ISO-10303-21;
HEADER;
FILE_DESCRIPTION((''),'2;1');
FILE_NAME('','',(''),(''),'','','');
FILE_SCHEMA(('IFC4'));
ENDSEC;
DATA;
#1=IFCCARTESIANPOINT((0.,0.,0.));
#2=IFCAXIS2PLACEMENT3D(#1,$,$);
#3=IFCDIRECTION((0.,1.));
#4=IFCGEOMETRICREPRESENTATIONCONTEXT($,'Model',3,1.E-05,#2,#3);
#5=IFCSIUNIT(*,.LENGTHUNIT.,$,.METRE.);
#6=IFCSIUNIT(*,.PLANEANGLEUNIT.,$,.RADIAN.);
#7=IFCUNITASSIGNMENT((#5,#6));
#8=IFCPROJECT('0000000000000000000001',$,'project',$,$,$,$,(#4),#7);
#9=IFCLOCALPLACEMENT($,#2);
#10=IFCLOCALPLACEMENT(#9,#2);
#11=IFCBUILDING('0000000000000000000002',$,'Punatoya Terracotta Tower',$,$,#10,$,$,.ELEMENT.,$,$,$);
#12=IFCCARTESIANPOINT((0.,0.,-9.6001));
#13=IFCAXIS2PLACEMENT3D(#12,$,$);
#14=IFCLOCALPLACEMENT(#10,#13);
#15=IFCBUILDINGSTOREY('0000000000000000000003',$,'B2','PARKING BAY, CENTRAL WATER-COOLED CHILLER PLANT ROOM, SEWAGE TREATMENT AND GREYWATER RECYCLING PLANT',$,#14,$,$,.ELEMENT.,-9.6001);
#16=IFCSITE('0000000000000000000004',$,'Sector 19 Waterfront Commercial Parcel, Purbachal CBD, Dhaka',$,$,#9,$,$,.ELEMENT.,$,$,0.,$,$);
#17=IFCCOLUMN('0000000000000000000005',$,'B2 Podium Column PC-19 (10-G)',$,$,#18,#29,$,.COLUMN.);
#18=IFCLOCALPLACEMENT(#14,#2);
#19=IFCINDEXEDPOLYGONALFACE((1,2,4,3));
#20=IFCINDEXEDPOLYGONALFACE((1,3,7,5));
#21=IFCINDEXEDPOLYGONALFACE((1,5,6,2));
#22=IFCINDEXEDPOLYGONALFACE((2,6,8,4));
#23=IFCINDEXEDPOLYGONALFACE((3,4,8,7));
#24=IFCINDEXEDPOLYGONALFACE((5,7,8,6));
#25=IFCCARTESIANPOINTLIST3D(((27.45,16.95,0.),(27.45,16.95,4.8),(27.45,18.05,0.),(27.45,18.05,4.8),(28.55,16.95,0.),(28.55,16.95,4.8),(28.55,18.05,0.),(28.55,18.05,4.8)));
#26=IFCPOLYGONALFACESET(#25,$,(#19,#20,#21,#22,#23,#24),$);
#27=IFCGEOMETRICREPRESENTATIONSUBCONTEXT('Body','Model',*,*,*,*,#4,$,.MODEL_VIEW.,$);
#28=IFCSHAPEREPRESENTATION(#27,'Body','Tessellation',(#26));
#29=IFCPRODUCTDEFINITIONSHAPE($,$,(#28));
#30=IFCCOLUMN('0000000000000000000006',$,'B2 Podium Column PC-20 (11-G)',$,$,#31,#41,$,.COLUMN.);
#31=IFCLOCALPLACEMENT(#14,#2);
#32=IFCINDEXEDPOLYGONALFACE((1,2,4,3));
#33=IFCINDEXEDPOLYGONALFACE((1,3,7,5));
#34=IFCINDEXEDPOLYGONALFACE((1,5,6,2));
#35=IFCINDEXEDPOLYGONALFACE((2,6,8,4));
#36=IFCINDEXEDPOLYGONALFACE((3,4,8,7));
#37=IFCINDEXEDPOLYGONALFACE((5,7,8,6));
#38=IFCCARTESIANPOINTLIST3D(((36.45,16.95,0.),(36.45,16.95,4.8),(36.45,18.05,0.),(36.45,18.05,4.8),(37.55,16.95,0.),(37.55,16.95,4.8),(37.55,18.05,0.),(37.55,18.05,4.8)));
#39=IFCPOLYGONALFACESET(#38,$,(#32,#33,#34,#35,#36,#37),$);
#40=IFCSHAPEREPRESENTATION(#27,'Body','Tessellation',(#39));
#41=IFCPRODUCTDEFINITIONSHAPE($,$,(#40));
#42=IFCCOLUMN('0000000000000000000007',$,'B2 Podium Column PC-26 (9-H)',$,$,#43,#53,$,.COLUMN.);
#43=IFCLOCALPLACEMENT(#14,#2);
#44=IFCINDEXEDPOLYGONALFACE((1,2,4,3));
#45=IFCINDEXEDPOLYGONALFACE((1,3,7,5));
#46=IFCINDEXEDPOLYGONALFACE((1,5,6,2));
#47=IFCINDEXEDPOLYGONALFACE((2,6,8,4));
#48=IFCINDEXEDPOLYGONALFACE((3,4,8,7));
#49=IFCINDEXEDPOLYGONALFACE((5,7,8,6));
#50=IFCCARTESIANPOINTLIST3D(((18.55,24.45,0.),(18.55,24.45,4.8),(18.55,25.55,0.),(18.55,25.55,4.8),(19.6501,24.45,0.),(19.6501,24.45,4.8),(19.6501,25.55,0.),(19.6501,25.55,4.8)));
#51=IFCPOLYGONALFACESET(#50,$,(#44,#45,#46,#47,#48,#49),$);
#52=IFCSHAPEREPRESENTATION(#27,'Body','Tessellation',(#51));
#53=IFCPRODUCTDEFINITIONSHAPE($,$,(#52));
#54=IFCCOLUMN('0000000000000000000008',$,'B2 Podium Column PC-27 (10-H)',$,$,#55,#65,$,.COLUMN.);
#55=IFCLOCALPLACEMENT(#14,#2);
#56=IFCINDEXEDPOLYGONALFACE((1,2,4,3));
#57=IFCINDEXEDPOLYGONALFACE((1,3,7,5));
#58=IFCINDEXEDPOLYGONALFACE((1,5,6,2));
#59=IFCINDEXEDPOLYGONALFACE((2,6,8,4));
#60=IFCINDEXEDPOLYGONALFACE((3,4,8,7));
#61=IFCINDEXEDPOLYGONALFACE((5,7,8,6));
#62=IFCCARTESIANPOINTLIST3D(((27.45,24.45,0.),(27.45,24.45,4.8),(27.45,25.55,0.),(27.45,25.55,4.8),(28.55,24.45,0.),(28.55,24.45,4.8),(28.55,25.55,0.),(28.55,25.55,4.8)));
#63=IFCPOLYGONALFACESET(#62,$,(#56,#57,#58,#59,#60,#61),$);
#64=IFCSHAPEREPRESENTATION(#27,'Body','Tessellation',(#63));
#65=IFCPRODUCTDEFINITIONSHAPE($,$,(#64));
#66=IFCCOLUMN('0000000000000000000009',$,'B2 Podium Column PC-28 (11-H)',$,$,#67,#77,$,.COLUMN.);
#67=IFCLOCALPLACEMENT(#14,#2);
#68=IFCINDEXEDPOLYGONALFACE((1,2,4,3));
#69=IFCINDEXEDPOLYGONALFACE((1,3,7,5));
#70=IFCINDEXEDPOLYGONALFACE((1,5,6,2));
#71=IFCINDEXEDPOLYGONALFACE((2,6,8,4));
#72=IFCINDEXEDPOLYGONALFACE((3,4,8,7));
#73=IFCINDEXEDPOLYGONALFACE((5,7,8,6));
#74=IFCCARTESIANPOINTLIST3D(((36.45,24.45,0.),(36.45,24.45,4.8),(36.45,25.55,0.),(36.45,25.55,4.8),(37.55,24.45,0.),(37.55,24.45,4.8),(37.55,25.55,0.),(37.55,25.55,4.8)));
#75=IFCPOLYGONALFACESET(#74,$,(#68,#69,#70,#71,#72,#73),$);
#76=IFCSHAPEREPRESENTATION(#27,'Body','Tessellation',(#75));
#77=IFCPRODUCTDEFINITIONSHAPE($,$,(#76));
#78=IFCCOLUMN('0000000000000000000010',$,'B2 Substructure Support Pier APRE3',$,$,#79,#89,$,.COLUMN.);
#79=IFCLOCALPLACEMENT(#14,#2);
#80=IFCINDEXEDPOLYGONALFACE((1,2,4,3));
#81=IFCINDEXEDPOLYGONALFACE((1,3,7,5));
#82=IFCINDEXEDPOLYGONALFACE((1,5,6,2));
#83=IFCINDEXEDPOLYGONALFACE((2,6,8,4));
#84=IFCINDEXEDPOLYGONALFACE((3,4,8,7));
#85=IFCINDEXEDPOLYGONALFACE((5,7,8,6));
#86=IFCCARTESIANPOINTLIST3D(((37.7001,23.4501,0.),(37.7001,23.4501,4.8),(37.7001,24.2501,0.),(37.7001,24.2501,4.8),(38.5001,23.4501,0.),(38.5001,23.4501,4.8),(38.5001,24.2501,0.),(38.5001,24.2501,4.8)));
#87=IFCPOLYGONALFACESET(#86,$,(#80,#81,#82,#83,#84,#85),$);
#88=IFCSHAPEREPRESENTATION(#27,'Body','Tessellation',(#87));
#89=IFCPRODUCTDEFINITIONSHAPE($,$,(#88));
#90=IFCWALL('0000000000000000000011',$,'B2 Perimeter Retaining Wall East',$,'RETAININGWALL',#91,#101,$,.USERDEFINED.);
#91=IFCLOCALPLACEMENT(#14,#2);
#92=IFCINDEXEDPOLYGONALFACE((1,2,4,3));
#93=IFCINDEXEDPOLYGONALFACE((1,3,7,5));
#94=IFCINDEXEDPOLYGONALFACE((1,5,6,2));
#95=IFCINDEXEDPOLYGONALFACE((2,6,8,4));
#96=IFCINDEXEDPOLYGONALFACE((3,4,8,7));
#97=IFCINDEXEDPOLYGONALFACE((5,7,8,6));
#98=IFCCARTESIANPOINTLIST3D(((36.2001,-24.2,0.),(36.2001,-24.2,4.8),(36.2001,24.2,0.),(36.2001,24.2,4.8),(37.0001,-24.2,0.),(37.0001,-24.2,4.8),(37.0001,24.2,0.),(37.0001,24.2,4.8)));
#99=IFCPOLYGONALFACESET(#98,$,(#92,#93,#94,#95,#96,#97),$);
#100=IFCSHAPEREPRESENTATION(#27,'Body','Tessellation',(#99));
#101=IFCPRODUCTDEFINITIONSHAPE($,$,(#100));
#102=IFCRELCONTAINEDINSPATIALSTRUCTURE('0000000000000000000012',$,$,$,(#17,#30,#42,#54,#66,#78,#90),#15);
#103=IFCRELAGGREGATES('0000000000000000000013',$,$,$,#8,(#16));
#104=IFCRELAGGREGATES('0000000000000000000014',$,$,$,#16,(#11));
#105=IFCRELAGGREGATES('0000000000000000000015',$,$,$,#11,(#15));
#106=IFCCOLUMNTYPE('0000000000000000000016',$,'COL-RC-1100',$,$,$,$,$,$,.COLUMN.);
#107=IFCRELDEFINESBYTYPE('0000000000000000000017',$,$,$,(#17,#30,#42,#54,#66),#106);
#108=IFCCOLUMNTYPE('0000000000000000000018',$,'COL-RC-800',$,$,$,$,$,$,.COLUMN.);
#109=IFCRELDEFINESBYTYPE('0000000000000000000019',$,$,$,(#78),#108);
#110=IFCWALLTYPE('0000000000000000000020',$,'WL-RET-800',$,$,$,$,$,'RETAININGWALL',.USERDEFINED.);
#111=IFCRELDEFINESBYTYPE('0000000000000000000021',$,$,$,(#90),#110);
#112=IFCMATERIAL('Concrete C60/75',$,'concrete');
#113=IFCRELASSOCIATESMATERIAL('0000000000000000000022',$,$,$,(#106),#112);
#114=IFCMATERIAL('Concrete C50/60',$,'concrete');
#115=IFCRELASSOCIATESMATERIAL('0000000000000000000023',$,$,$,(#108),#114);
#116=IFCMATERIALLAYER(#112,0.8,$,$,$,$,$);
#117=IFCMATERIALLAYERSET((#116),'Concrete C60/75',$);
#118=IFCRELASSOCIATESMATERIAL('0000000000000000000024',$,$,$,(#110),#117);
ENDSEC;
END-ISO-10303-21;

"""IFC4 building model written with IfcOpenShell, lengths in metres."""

from ifc_helpers import new_model, si_unit, direction, frame, frame_2d, origin, origin_2d, place, context, subcontext, project, spatial, rectangle, extrude, material, layer, layer_set, material_profile, profile_set, type_object, element, save


model = new_model("IFC4")

# Units and contexts
model_context = context("Model", 3, precision=1e-05, world=origin(), true_north=direction((0.0, 1.0)))
body_context = subcontext(model_context, "Body", "Model", "MODEL_VIEW")
ifc_project = project(units=[si_unit("LENGTHUNIT", "METRE"), si_unit("PLANEANGLEUNIT", "RADIAN")], contexts=[model_context])

# Site, building, storey
site_placement = place(None, origin())
site = spatial("IfcSite", under=ifc_project, at=site_placement, Name="Sector 19 Waterfront Commercial Parcel, Purbachal CBD, Dhaka", CompositionType="ELEMENT", RefElevation=0.0)
building_placement = place(site_placement, origin())
building = spatial("IfcBuilding", under=site, at=building_placement, Name="Punatoya Terracotta Tower", CompositionType="ELEMENT")
storey_placement = place(building_placement, frame((0.0, 0.0, -9.6001)))
storey = spatial("IfcBuildingStorey", under=building, at=storey_placement, Name="B2", Description="PARKING BAY, CENTRAL WATER-COOLED CHILLER PLANT ROOM, SEWAGE TREATMENT AND GREYWATER RECYCLING PLANT", CompositionType="ELEMENT", Elevation=-9.6001)

# Columns
ifc_material_1 = material(Name="Concrete C60/75", Category="concrete")
ifc_material_profile_1 = material_profile(ifc_material_1, rectangle(XDim=1.1001, YDim=1.1001, at=origin_2d()))
ifc_profile_set_1 = profile_set([ifc_material_profile_1], Name="Concrete C60/75")
column_type_1 = type_object("IfcColumnType", Name="COL-RC-1100", PredefinedType="COLUMN", material=ifc_profile_set_1)
for number, where, z_axis, x_axis, name in (
    (1, (28.0, 17.5, 0.0), (0.0, 0.0, 1.0), (1.0, 0.0, 0.0), "B2 Podium Column PC-19 (10-G)"),
    (2, (37.0, 17.5, 0.0), (0.0, 0.0, 1.0), (1.0, 0.0, 0.0), "B2 Podium Column PC-20 (11-G)"),
    (3, (19.1001, 25.0, 0.0), (0.0, 0.0, 1.0), (1.0, 0.0, 0.0), "B2 Podium Column PC-26 (9-H)"),
    (4, (28.0, 25.0, 0.0), (0.0, 0.0, 1.0), (1.0, 0.0, 0.0), "B2 Podium Column PC-27 (10-H)"),
    (5, (37.0, 25.0, 0.0), (0.0, 0.0, 1.0), (1.0, 0.0, 0.0), "B2 Podium Column PC-28 (11-H)"),
):
    element("IfcColumn", number, at=place(storey_placement, frame(where, z_axis=z_axis, x_axis=x_axis)), inside=storey, type_object=column_type_1, Name=name, PredefinedType="COLUMN", context=body_context, shape_type="SweptSolid", body=[
        extrude(rectangle(XDim=1.1001, YDim=1.1001, at=origin_2d()), origin(), (0.0, 0.0, 1.0), 4.8),
    ])
ifc_material_2 = material(Name="Concrete C50/60", Category="concrete")
ifc_material_profile_2 = material_profile(ifc_material_2, rectangle(XDim=0.8, YDim=0.8, at=origin_2d()))
ifc_profile_set_2 = profile_set([ifc_material_profile_2], Name="Concrete C50/60")
column_type_2 = type_object("IfcColumnType", Name="COL-RC-800", PredefinedType="COLUMN", material=ifc_profile_set_2)
column_1_placement = place(storey_placement, frame((38.1001, 23.8501, 0.0), z_axis=(0.0, 0.0, 1.0), x_axis=(1.0, 0.0, 0.0)))
element("IfcColumn", 6, at=column_1_placement, inside=storey, type_object=column_type_2, Name="B2 Substructure Support Pier APRE3", PredefinedType="COLUMN", context=body_context, shape_type="SweptSolid", body=[
    extrude(rectangle(XDim=0.8, YDim=0.8, at=origin_2d()), origin(), (0.0, 0.0, 1.0), 4.8),
])

# Wall
ifc_layer = layer(ifc_material_1, 0.8)
ifc_layer_set = layer_set([ifc_layer], Name="Concrete C60/75")
wall_type = type_object("IfcWallType", Name="WL-RET-800", ElementType="RETAININGWALL", PredefinedType="USERDEFINED", material=ifc_layer_set)
wall_placement = place(storey_placement, frame((36.6001, 24.2, 0.0), z_axis=(0.0, 0.0, 1.0), x_axis=(0.0, -1.0, 0.0)))
element("IfcWall", 7, at=wall_placement, inside=storey, type_object=wall_type, Name="B2 Perimeter Retaining Wall East", ObjectType="RETAININGWALL", PredefinedType="USERDEFINED", context=body_context, shape_type="SweptSolid", body=[
    extrude(rectangle(XDim=48.3999, YDim=0.8, at=frame_2d((24.2, 0.0))), origin(), (0.0, 0.0, 1.0), 4.8),
])

save(model, "model.ifc")
